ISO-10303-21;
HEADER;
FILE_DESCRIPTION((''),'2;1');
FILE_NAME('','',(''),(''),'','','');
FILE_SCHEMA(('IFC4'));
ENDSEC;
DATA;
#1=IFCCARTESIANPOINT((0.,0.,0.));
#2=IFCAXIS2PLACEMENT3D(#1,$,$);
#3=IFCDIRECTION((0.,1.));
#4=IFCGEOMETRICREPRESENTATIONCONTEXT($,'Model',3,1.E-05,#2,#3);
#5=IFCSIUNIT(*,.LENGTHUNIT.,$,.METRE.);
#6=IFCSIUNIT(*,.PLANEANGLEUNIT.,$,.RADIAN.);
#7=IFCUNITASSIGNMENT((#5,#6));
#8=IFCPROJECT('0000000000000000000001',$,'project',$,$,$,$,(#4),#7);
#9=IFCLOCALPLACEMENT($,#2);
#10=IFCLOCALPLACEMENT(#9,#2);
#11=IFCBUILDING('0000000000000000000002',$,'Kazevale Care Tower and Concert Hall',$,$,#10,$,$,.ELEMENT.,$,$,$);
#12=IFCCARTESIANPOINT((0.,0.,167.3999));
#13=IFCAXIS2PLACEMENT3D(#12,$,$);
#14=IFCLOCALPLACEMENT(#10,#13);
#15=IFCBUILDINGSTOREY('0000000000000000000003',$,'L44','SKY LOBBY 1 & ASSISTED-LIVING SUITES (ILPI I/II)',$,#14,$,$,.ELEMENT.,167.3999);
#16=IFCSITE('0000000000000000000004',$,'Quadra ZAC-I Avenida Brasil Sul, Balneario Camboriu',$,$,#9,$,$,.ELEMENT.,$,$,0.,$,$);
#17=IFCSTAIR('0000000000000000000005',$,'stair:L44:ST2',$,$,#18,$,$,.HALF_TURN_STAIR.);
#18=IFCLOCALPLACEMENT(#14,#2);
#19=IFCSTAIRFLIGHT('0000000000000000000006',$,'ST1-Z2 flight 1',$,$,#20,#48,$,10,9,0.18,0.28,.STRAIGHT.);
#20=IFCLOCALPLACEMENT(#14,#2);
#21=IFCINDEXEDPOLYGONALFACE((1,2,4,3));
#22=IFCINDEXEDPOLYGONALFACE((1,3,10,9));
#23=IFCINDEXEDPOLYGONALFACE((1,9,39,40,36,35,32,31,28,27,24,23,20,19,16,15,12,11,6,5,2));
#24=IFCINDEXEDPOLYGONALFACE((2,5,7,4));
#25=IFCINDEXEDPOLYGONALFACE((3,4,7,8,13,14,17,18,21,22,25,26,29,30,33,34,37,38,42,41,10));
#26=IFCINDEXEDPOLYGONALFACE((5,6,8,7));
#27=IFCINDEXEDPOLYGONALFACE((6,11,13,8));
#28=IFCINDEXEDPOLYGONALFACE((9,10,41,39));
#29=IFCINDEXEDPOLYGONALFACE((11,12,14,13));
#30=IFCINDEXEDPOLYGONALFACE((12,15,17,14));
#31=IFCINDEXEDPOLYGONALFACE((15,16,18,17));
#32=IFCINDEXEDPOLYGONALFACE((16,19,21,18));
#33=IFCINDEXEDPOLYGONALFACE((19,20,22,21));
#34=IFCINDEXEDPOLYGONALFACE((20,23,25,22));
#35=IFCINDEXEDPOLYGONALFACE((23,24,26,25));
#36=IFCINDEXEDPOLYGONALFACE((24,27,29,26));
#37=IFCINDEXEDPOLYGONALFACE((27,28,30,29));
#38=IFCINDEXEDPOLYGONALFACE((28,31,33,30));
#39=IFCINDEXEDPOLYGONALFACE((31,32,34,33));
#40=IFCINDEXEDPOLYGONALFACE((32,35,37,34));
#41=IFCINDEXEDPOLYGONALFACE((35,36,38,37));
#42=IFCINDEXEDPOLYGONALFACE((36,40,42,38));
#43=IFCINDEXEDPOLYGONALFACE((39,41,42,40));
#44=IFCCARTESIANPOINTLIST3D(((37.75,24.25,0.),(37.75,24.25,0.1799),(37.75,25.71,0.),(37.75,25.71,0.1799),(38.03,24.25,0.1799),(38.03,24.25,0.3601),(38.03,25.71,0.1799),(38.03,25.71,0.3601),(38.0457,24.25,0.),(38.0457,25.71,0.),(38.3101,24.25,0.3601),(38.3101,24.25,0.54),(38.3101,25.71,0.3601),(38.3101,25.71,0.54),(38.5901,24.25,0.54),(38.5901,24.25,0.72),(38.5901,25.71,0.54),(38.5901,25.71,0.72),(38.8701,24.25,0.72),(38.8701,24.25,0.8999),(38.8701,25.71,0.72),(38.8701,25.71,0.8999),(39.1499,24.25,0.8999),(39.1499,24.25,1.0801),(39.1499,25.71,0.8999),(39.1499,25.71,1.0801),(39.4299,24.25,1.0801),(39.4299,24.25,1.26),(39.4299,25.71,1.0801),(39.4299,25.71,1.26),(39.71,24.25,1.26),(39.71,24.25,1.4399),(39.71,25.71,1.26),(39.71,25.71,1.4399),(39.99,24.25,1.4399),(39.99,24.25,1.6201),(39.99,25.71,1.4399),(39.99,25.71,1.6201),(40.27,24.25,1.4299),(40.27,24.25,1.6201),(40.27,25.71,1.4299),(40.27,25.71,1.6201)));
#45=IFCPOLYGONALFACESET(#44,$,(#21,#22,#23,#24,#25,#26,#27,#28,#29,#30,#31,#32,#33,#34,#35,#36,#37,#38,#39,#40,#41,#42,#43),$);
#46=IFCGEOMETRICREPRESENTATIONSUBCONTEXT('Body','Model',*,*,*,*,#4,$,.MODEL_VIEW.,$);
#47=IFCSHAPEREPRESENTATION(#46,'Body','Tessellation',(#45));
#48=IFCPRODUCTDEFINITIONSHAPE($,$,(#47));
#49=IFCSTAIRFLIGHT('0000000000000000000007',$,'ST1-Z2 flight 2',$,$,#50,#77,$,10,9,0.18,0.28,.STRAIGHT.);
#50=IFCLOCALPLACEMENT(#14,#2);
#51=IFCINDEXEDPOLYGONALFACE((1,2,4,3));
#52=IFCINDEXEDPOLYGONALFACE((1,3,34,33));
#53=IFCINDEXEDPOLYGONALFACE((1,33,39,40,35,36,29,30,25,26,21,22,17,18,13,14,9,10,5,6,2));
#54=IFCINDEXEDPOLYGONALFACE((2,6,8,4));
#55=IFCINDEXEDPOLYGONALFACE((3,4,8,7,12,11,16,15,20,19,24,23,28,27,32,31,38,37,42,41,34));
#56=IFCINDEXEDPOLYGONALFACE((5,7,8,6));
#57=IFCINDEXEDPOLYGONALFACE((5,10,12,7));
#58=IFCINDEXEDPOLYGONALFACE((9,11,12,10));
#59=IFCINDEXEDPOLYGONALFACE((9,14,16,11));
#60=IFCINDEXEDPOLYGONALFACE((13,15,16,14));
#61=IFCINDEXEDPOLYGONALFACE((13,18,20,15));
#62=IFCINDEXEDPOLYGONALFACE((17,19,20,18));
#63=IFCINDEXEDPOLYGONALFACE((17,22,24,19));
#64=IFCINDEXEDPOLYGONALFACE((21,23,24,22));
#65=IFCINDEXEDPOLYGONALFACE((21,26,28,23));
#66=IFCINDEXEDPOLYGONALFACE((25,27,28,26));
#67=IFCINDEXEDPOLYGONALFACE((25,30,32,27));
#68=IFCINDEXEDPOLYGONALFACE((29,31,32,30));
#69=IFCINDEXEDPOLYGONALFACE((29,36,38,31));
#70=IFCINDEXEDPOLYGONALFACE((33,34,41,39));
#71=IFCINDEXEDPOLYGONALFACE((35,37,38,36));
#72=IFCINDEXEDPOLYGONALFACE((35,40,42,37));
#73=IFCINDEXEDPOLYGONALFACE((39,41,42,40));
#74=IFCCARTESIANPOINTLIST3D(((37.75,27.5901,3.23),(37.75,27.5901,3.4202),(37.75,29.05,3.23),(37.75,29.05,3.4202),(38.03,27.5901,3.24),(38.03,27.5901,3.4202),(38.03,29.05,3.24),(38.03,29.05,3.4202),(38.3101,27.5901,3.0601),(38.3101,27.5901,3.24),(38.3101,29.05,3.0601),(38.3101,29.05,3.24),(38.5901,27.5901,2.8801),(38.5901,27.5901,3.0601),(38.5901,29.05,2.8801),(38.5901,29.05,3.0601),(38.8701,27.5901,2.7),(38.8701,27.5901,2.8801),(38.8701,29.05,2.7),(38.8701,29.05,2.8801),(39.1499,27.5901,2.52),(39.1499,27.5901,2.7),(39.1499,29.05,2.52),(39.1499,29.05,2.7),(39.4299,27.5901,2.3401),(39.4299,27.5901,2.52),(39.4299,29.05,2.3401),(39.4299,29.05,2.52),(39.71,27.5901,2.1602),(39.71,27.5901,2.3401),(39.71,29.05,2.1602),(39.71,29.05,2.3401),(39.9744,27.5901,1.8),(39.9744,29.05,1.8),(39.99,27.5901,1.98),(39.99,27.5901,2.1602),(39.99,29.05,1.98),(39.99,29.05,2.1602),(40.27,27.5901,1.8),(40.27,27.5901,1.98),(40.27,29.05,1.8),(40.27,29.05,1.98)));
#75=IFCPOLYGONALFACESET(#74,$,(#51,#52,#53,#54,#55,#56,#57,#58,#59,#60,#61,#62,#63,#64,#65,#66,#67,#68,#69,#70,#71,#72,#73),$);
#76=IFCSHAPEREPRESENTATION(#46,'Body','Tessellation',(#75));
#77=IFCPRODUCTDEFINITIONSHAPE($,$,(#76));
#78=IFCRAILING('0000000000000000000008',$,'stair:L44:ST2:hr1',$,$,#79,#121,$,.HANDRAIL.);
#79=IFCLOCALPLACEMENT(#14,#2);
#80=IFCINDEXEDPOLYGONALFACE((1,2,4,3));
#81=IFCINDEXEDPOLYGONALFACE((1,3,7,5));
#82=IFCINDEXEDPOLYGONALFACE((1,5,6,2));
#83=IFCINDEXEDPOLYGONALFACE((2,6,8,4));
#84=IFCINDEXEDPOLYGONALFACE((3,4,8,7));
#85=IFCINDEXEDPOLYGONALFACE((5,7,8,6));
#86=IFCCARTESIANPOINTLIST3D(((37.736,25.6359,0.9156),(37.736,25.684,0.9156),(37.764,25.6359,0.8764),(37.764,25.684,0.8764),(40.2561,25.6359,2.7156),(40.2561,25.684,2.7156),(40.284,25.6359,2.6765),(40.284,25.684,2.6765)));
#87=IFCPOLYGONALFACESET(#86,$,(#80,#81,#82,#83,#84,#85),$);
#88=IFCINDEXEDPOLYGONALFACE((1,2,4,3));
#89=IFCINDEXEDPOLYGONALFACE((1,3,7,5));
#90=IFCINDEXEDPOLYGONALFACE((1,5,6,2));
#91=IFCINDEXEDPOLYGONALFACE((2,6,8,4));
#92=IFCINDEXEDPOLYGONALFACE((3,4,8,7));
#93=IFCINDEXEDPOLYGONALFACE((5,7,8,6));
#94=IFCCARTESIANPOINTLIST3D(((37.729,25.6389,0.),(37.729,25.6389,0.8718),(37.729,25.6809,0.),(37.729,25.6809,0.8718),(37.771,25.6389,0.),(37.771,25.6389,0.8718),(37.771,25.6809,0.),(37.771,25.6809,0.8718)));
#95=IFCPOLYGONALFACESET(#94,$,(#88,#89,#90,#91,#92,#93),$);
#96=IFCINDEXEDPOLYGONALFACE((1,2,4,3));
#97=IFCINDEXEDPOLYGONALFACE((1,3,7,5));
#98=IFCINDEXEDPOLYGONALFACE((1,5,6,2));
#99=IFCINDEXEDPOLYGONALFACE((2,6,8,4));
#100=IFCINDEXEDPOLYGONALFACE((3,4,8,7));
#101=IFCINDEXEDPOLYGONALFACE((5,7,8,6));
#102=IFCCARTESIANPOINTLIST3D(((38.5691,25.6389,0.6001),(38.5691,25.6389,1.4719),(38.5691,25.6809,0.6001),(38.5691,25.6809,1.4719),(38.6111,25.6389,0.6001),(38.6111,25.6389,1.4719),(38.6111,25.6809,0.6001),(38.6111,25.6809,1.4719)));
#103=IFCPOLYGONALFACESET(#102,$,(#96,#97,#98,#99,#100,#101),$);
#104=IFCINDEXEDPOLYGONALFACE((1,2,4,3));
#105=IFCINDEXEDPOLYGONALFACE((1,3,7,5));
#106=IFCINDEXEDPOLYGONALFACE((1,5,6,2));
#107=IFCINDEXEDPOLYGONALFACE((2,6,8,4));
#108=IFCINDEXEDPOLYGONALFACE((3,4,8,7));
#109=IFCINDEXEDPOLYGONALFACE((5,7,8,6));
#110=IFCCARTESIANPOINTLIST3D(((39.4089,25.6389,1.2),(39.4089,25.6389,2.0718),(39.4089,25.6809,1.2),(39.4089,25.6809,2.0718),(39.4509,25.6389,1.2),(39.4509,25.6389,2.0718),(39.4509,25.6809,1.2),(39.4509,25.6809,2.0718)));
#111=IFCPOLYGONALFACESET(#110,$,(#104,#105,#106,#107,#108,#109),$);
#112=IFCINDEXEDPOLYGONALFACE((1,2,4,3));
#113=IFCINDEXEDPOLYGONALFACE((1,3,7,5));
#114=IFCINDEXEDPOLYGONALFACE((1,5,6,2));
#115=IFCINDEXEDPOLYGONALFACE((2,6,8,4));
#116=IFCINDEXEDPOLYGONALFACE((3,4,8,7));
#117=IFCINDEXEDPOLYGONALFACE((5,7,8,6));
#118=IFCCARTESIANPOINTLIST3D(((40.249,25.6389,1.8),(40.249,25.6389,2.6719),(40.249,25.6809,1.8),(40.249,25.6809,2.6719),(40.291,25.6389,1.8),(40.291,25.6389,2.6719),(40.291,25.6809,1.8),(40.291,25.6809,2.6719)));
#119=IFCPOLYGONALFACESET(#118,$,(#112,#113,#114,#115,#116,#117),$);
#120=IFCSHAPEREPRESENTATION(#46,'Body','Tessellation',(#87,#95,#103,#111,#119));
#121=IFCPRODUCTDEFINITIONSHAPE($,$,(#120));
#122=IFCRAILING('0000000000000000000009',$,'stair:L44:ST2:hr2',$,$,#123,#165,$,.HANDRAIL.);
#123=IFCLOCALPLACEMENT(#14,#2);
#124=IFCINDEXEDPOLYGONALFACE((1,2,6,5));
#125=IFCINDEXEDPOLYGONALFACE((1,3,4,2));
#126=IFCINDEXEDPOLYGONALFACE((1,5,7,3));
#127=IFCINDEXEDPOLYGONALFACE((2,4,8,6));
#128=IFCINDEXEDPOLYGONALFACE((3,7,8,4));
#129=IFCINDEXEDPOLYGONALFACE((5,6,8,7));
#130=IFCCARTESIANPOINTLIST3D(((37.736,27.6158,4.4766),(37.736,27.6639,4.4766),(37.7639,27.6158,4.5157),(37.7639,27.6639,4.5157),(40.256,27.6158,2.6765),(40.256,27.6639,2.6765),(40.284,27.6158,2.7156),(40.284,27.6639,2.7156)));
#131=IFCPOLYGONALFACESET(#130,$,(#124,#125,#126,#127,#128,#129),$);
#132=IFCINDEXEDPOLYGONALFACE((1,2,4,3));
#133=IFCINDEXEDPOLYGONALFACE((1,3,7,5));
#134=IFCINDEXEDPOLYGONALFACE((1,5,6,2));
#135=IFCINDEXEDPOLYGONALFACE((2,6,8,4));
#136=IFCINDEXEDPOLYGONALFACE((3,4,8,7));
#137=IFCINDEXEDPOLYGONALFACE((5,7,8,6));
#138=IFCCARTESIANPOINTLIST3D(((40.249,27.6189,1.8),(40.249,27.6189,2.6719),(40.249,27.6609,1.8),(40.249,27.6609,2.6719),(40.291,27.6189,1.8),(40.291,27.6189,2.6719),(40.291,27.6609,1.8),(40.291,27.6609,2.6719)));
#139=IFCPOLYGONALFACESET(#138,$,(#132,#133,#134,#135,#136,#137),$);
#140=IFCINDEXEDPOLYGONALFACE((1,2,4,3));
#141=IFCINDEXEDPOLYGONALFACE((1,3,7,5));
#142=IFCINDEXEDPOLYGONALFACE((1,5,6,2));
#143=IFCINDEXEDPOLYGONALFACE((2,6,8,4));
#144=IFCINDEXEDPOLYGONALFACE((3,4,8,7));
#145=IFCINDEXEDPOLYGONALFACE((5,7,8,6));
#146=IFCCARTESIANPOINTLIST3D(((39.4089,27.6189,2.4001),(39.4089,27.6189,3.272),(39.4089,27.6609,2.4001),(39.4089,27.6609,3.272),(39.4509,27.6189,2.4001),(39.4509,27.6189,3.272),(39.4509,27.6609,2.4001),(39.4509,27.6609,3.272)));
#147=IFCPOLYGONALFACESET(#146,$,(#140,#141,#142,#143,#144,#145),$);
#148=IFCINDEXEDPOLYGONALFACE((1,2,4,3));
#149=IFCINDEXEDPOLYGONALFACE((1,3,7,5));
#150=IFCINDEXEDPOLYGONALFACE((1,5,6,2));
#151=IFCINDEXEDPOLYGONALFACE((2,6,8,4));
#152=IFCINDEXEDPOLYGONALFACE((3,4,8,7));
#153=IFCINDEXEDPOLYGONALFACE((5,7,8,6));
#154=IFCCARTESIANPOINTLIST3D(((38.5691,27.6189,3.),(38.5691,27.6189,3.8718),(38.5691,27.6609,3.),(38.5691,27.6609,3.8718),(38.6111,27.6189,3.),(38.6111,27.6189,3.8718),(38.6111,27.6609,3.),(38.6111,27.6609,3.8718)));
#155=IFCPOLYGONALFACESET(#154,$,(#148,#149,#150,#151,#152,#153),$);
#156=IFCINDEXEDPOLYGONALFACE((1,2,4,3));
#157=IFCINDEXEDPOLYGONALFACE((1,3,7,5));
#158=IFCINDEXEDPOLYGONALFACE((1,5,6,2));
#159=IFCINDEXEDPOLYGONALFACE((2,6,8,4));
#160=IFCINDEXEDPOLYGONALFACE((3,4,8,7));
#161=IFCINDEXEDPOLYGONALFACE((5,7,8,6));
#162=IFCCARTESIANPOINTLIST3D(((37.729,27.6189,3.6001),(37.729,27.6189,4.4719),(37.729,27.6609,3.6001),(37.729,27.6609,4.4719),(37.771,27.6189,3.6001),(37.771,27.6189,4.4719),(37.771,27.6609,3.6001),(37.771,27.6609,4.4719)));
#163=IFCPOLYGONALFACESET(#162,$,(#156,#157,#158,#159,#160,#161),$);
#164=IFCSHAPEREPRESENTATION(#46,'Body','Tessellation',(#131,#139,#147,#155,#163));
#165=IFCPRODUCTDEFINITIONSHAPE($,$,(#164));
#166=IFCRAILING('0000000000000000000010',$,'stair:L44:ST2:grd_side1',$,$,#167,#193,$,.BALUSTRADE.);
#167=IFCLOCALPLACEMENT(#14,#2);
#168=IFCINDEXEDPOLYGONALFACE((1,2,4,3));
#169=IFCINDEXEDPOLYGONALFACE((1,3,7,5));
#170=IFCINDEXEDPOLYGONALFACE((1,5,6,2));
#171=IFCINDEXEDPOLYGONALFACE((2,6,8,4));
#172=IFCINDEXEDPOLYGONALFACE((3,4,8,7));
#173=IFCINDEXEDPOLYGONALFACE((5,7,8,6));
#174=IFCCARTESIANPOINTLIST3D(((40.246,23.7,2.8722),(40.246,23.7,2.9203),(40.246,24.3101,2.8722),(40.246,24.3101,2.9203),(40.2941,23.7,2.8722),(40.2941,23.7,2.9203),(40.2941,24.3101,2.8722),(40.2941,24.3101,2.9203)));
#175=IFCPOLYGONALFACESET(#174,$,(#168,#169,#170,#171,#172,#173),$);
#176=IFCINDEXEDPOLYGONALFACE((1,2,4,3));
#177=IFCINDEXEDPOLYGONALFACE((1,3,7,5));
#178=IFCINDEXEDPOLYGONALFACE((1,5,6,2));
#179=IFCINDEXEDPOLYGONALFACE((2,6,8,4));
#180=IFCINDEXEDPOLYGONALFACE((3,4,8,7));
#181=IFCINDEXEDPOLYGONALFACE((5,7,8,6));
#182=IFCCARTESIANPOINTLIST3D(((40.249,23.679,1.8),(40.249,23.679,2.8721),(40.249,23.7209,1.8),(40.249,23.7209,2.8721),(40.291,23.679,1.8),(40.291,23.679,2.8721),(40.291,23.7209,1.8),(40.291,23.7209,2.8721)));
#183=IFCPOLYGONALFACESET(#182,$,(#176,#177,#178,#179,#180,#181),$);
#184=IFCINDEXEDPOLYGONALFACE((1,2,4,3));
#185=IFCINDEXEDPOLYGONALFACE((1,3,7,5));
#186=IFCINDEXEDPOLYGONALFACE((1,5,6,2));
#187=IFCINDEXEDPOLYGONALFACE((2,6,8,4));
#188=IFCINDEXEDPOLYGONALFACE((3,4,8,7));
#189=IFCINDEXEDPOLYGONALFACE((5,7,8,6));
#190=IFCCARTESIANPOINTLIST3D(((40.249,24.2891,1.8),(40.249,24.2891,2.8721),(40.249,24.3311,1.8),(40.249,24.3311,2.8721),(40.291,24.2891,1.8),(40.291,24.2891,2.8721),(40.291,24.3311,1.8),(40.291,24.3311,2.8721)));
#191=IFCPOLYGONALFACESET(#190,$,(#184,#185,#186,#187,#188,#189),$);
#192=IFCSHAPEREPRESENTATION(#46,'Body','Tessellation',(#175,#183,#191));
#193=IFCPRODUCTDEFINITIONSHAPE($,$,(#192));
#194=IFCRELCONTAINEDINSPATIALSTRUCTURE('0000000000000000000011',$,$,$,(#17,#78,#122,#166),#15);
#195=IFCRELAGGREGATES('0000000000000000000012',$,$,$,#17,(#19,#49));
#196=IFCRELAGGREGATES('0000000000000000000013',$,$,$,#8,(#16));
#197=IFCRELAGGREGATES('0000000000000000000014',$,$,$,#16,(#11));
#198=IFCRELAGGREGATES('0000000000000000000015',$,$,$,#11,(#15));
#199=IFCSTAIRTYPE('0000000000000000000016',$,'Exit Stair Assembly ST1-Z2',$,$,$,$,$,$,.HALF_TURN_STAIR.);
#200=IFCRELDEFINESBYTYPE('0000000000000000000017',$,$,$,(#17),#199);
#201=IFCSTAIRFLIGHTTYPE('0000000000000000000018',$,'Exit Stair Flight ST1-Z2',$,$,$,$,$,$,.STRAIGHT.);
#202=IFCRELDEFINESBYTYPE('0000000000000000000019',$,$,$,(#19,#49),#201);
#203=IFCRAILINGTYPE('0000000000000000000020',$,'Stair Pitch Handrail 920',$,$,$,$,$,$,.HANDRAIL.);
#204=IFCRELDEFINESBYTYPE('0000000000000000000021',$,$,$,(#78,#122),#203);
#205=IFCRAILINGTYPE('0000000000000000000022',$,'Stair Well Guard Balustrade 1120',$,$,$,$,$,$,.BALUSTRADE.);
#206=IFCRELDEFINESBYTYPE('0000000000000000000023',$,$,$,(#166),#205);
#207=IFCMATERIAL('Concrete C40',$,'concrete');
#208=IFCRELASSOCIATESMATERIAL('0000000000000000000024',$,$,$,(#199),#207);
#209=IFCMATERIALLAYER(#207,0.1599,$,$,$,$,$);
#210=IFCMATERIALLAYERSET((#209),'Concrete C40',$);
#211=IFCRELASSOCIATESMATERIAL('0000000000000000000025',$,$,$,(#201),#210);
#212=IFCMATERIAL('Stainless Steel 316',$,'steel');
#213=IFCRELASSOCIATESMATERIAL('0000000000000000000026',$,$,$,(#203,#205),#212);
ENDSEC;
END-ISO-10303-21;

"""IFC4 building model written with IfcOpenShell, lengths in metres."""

from ifc_helpers import new_model, si_unit, direction, frame, origin, origin_2d, place, context, subcontext, project, spatial, polyline, rectangle, outline, extrude, material, layer, layer_set, type_object, element, aggregate, save


model = new_model("IFC4")

# Units and contexts
model_context = context("Model", 3, precision=1e-05, world=origin(), true_north=direction((0.0, 1.0)))
body_context = subcontext(model_context, "Body", "Model", "MODEL_VIEW")
ifc_project = project(units=[si_unit("LENGTHUNIT", "METRE"), si_unit("PLANEANGLEUNIT", "RADIAN")], contexts=[model_context])

# Site, building, storey
site_placement = place(None, origin())
site = spatial("IfcSite", under=ifc_project, at=site_placement, Name="Quadra ZAC-I Avenida Brasil Sul, Balneario Camboriu", CompositionType="ELEMENT", RefElevation=0.0)
building_placement = place(site_placement, origin())
building = spatial("IfcBuilding", under=site, at=building_placement, Name="Kazevale Care Tower and Concert Hall", CompositionType="ELEMENT")
storey_placement = place(building_placement, frame((0.0, 0.0, 167.3999)))
storey = spatial("IfcBuildingStorey", under=building, at=storey_placement, Name="L44", Description="SKY LOBBY 1 & ASSISTED-LIVING SUITES (ILPI I/II)", CompositionType="ELEMENT", Elevation=167.3999)

# Stair, stair flights
ifc_material_1 = material(Name="Concrete C40", Category="concrete")
stair_type = type_object("IfcStairType", Name="Exit Stair Assembly ST1-Z2", PredefinedType="HALF_TURN_STAIR", material=ifc_material_1)
stair_placement = place(storey_placement, origin())
stair = element("IfcStair", 1, at=stair_placement, inside=storey, type_object=stair_type, Name="stair:L44:ST2", PredefinedType="HALF_TURN_STAIR")
ifc_layer_1 = layer(ifc_material_1, 0.1599)
ifc_layer_set_1 = layer_set([ifc_layer_1], Name="Concrete C40")
stair_flight_type = type_object("IfcStairFlightType", Name="Exit Stair Flight ST1-Z2", PredefinedType="STRAIGHT", material=ifc_layer_set_1)
stair_flight_1_placement = place(storey_placement, frame((37.75, 24.98, 0.0), z_axis=(0.0, 0.0, 1.0), x_axis=(1.0, 0.0, 0.0)))
stair_flight_1 = element("IfcStairFlight", 2, at=stair_flight_1_placement, type_object=stair_flight_type, Name="ST1-Z2 flight 1", NumberOfRisers=10, NumberOfTreads=9, PredefinedType="STRAIGHT", RiserHeight=0.18, TreadLength=0.28, context=body_context, shape_type="SweptSolid", body=[
    extrude(outline(polyline([(0.0, 0.0), (0.0, 0.1799), (0.28, 0.1799), (0.28, 0.3601), (0.5601, 0.3601), (0.5601, 0.54), (0.8401, 0.54), (0.8401, 0.72), (1.1201, 0.72), (1.1201, 0.8999), (1.3999, 0.8999), (1.3999, 1.0801), (1.6799, 1.0801), (1.6799, 1.26), (1.96, 1.26), (1.96, 1.4399), (2.24, 1.4399), (2.24, 1.6201), (2.52, 1.6201), (2.52, 1.8), (2.52, 1.4299), (0.2957, 0.0), (0.0, 0.0)])), frame((0.0, 0.73, 0.0), z_axis=(0.0, -1.0, 0.0), x_axis=(1.0, 0.0, 0.0)), (0.0, 0.0, 1.0), 1.46),
])
stair_flight_2_placement = place(storey_placement, frame((40.27, 28.3201, 1.8), z_axis=(0.0, 0.0, 1.0), x_axis=(-1.0, 0.0, 0.0)))
stair_flight_2 = element("IfcStairFlight", 3, at=stair_flight_2_placement, type_object=stair_flight_type, Name="ST1-Z2 flight 2", NumberOfRisers=10, NumberOfTreads=9, PredefinedType="STRAIGHT", RiserHeight=0.18, TreadLength=0.28, context=body_context, shape_type="SweptSolid", body=[
    extrude(outline(polyline([(0.0, 0.0), (0.0, 0.1799), (0.28, 0.1799), (0.28, 0.3601), (0.5601, 0.3601), (0.5601, 0.54), (0.8401, 0.54), (0.8401, 0.72), (1.1201, 0.72), (1.1201, 0.8999), (1.3999, 0.8999), (1.3999, 1.0801), (1.6799, 1.0801), (1.6799, 1.26), (1.96, 1.26), (1.96, 1.4399), (2.24, 1.4399), (2.24, 1.6201), (2.52, 1.6201), (2.52, 1.8), (2.52, 1.4299), (0.2957, 0.0), (0.0, 0.0)])), frame((0.0, 0.73, 0.0), z_axis=(0.0, -1.0, 0.0), x_axis=(1.0, 0.0, 0.0)), (0.0, 0.0, 1.0), 1.46),
])
aggregate(stair, [stair_flight_1, stair_flight_2])

# Railings
ifc_material_2 = material(Name="Stainless Steel 316", Category="steel")
railing_type_1 = type_object("IfcRailingType", Name="Stair Pitch Handrail 920", PredefinedType="HANDRAIL", material=ifc_material_2)
railing_1_placement = place(storey_placement, frame((37.75, 25.6599, 0.0)))
element("IfcRailing", 4, at=railing_1_placement, inside=storey, type_object=railing_type_1, Name="stair:L44:ST2:hr1", PredefinedType="HANDRAIL", context=body_context, shape_type="SweptSolid", body=[
    extrude(rectangle(XDim=0.0481, YDim=0.0481, at=origin_2d()), frame((0.0, 0.0, 0.896), z_axis=(0.813728, 0.0, 0.581246), x_axis=(0.0, 1.0, 0.0)), (0.0, 0.0, 1.0), 3.0969),
    extrude(rectangle(XDim=0.042, YDim=0.042, at=origin_2d()), origin(), (0.0, 0.0, 1.0), 0.8718),
    extrude(rectangle(XDim=0.042, YDim=0.042, at=origin_2d()), frame((0.8401, 0.0, 0.6001)), (0.0, 0.0, 1.0), 0.8718),
    extrude(rectangle(XDim=0.042, YDim=0.042, at=origin_2d()), frame((1.6799, 0.0, 1.2)), (0.0, 0.0, 1.0), 0.8718),
    extrude(rectangle(XDim=0.042, YDim=0.042, at=origin_2d()), frame((2.52, 0.0, 1.8)), (0.0, 0.0, 1.0), 0.8718),
])
railing_2_placement = place(storey_placement, frame((40.27, 27.6399, 1.8)))
element("IfcRailing", 5, at=railing_2_placement, inside=storey, type_object=railing_type_1, Name="stair:L44:ST2:hr2", PredefinedType="HANDRAIL", context=body_context, shape_type="SweptSolid", body=[
    extrude(rectangle(XDim=0.0481, YDim=0.0481, at=origin_2d()), frame((0.0, 0.0, 0.896), z_axis=(-0.813728, 0.0, 0.581246), x_axis=(0.0, -1.0, 0.0)), (0.0, 0.0, 1.0), 3.0969),
    extrude(rectangle(XDim=0.042, YDim=0.042, at=origin_2d()), origin(), (0.0, 0.0, 1.0), 0.8718),
    extrude(rectangle(XDim=0.042, YDim=0.042, at=origin_2d()), frame((-0.8401, 0.0, 0.6001)), (0.0, 0.0, 1.0), 0.8718),
    extrude(rectangle(XDim=0.042, YDim=0.042, at=origin_2d()), frame((-1.6799, 0.0, 1.2)), (0.0, 0.0, 1.0), 0.8718),
    extrude(rectangle(XDim=0.042, YDim=0.042, at=origin_2d()), frame((-2.52, 0.0, 1.8)), (0.0, 0.0, 1.0), 0.8718),
])
railing_type_2 = type_object("IfcRailingType", Name="Stair Well Guard Balustrade 1120", PredefinedType="BALUSTRADE", material=ifc_material_2)
railing_3_placement = place(storey_placement, frame((40.27, 23.7, 1.8)))
element("IfcRailing", 6, at=railing_3_placement, inside=storey, type_object=railing_type_2, Name="stair:L44:ST2:grd_side1", PredefinedType="BALUSTRADE", context=body_context, shape_type="SweptSolid", body=[
    extrude(rectangle(XDim=0.0481, YDim=0.0481, at=origin_2d()), frame((0.0, 0.0, 1.0962), z_axis=(0.0, 1.0, 0.0), x_axis=(-1.0, 0.0, 0.0)), (0.0, 0.0, 1.0), 0.6101),
    extrude(rectangle(XDim=0.042, YDim=0.042, at=origin_2d()), origin(), (0.0, 0.0, 1.0), 1.072),
    extrude(rectangle(XDim=0.042, YDim=0.042, at=origin_2d()), frame((0.0, 0.6101, 0.0)), (0.0, 0.0, 1.0), 1.072),
])

save(model, "model.ifc")
